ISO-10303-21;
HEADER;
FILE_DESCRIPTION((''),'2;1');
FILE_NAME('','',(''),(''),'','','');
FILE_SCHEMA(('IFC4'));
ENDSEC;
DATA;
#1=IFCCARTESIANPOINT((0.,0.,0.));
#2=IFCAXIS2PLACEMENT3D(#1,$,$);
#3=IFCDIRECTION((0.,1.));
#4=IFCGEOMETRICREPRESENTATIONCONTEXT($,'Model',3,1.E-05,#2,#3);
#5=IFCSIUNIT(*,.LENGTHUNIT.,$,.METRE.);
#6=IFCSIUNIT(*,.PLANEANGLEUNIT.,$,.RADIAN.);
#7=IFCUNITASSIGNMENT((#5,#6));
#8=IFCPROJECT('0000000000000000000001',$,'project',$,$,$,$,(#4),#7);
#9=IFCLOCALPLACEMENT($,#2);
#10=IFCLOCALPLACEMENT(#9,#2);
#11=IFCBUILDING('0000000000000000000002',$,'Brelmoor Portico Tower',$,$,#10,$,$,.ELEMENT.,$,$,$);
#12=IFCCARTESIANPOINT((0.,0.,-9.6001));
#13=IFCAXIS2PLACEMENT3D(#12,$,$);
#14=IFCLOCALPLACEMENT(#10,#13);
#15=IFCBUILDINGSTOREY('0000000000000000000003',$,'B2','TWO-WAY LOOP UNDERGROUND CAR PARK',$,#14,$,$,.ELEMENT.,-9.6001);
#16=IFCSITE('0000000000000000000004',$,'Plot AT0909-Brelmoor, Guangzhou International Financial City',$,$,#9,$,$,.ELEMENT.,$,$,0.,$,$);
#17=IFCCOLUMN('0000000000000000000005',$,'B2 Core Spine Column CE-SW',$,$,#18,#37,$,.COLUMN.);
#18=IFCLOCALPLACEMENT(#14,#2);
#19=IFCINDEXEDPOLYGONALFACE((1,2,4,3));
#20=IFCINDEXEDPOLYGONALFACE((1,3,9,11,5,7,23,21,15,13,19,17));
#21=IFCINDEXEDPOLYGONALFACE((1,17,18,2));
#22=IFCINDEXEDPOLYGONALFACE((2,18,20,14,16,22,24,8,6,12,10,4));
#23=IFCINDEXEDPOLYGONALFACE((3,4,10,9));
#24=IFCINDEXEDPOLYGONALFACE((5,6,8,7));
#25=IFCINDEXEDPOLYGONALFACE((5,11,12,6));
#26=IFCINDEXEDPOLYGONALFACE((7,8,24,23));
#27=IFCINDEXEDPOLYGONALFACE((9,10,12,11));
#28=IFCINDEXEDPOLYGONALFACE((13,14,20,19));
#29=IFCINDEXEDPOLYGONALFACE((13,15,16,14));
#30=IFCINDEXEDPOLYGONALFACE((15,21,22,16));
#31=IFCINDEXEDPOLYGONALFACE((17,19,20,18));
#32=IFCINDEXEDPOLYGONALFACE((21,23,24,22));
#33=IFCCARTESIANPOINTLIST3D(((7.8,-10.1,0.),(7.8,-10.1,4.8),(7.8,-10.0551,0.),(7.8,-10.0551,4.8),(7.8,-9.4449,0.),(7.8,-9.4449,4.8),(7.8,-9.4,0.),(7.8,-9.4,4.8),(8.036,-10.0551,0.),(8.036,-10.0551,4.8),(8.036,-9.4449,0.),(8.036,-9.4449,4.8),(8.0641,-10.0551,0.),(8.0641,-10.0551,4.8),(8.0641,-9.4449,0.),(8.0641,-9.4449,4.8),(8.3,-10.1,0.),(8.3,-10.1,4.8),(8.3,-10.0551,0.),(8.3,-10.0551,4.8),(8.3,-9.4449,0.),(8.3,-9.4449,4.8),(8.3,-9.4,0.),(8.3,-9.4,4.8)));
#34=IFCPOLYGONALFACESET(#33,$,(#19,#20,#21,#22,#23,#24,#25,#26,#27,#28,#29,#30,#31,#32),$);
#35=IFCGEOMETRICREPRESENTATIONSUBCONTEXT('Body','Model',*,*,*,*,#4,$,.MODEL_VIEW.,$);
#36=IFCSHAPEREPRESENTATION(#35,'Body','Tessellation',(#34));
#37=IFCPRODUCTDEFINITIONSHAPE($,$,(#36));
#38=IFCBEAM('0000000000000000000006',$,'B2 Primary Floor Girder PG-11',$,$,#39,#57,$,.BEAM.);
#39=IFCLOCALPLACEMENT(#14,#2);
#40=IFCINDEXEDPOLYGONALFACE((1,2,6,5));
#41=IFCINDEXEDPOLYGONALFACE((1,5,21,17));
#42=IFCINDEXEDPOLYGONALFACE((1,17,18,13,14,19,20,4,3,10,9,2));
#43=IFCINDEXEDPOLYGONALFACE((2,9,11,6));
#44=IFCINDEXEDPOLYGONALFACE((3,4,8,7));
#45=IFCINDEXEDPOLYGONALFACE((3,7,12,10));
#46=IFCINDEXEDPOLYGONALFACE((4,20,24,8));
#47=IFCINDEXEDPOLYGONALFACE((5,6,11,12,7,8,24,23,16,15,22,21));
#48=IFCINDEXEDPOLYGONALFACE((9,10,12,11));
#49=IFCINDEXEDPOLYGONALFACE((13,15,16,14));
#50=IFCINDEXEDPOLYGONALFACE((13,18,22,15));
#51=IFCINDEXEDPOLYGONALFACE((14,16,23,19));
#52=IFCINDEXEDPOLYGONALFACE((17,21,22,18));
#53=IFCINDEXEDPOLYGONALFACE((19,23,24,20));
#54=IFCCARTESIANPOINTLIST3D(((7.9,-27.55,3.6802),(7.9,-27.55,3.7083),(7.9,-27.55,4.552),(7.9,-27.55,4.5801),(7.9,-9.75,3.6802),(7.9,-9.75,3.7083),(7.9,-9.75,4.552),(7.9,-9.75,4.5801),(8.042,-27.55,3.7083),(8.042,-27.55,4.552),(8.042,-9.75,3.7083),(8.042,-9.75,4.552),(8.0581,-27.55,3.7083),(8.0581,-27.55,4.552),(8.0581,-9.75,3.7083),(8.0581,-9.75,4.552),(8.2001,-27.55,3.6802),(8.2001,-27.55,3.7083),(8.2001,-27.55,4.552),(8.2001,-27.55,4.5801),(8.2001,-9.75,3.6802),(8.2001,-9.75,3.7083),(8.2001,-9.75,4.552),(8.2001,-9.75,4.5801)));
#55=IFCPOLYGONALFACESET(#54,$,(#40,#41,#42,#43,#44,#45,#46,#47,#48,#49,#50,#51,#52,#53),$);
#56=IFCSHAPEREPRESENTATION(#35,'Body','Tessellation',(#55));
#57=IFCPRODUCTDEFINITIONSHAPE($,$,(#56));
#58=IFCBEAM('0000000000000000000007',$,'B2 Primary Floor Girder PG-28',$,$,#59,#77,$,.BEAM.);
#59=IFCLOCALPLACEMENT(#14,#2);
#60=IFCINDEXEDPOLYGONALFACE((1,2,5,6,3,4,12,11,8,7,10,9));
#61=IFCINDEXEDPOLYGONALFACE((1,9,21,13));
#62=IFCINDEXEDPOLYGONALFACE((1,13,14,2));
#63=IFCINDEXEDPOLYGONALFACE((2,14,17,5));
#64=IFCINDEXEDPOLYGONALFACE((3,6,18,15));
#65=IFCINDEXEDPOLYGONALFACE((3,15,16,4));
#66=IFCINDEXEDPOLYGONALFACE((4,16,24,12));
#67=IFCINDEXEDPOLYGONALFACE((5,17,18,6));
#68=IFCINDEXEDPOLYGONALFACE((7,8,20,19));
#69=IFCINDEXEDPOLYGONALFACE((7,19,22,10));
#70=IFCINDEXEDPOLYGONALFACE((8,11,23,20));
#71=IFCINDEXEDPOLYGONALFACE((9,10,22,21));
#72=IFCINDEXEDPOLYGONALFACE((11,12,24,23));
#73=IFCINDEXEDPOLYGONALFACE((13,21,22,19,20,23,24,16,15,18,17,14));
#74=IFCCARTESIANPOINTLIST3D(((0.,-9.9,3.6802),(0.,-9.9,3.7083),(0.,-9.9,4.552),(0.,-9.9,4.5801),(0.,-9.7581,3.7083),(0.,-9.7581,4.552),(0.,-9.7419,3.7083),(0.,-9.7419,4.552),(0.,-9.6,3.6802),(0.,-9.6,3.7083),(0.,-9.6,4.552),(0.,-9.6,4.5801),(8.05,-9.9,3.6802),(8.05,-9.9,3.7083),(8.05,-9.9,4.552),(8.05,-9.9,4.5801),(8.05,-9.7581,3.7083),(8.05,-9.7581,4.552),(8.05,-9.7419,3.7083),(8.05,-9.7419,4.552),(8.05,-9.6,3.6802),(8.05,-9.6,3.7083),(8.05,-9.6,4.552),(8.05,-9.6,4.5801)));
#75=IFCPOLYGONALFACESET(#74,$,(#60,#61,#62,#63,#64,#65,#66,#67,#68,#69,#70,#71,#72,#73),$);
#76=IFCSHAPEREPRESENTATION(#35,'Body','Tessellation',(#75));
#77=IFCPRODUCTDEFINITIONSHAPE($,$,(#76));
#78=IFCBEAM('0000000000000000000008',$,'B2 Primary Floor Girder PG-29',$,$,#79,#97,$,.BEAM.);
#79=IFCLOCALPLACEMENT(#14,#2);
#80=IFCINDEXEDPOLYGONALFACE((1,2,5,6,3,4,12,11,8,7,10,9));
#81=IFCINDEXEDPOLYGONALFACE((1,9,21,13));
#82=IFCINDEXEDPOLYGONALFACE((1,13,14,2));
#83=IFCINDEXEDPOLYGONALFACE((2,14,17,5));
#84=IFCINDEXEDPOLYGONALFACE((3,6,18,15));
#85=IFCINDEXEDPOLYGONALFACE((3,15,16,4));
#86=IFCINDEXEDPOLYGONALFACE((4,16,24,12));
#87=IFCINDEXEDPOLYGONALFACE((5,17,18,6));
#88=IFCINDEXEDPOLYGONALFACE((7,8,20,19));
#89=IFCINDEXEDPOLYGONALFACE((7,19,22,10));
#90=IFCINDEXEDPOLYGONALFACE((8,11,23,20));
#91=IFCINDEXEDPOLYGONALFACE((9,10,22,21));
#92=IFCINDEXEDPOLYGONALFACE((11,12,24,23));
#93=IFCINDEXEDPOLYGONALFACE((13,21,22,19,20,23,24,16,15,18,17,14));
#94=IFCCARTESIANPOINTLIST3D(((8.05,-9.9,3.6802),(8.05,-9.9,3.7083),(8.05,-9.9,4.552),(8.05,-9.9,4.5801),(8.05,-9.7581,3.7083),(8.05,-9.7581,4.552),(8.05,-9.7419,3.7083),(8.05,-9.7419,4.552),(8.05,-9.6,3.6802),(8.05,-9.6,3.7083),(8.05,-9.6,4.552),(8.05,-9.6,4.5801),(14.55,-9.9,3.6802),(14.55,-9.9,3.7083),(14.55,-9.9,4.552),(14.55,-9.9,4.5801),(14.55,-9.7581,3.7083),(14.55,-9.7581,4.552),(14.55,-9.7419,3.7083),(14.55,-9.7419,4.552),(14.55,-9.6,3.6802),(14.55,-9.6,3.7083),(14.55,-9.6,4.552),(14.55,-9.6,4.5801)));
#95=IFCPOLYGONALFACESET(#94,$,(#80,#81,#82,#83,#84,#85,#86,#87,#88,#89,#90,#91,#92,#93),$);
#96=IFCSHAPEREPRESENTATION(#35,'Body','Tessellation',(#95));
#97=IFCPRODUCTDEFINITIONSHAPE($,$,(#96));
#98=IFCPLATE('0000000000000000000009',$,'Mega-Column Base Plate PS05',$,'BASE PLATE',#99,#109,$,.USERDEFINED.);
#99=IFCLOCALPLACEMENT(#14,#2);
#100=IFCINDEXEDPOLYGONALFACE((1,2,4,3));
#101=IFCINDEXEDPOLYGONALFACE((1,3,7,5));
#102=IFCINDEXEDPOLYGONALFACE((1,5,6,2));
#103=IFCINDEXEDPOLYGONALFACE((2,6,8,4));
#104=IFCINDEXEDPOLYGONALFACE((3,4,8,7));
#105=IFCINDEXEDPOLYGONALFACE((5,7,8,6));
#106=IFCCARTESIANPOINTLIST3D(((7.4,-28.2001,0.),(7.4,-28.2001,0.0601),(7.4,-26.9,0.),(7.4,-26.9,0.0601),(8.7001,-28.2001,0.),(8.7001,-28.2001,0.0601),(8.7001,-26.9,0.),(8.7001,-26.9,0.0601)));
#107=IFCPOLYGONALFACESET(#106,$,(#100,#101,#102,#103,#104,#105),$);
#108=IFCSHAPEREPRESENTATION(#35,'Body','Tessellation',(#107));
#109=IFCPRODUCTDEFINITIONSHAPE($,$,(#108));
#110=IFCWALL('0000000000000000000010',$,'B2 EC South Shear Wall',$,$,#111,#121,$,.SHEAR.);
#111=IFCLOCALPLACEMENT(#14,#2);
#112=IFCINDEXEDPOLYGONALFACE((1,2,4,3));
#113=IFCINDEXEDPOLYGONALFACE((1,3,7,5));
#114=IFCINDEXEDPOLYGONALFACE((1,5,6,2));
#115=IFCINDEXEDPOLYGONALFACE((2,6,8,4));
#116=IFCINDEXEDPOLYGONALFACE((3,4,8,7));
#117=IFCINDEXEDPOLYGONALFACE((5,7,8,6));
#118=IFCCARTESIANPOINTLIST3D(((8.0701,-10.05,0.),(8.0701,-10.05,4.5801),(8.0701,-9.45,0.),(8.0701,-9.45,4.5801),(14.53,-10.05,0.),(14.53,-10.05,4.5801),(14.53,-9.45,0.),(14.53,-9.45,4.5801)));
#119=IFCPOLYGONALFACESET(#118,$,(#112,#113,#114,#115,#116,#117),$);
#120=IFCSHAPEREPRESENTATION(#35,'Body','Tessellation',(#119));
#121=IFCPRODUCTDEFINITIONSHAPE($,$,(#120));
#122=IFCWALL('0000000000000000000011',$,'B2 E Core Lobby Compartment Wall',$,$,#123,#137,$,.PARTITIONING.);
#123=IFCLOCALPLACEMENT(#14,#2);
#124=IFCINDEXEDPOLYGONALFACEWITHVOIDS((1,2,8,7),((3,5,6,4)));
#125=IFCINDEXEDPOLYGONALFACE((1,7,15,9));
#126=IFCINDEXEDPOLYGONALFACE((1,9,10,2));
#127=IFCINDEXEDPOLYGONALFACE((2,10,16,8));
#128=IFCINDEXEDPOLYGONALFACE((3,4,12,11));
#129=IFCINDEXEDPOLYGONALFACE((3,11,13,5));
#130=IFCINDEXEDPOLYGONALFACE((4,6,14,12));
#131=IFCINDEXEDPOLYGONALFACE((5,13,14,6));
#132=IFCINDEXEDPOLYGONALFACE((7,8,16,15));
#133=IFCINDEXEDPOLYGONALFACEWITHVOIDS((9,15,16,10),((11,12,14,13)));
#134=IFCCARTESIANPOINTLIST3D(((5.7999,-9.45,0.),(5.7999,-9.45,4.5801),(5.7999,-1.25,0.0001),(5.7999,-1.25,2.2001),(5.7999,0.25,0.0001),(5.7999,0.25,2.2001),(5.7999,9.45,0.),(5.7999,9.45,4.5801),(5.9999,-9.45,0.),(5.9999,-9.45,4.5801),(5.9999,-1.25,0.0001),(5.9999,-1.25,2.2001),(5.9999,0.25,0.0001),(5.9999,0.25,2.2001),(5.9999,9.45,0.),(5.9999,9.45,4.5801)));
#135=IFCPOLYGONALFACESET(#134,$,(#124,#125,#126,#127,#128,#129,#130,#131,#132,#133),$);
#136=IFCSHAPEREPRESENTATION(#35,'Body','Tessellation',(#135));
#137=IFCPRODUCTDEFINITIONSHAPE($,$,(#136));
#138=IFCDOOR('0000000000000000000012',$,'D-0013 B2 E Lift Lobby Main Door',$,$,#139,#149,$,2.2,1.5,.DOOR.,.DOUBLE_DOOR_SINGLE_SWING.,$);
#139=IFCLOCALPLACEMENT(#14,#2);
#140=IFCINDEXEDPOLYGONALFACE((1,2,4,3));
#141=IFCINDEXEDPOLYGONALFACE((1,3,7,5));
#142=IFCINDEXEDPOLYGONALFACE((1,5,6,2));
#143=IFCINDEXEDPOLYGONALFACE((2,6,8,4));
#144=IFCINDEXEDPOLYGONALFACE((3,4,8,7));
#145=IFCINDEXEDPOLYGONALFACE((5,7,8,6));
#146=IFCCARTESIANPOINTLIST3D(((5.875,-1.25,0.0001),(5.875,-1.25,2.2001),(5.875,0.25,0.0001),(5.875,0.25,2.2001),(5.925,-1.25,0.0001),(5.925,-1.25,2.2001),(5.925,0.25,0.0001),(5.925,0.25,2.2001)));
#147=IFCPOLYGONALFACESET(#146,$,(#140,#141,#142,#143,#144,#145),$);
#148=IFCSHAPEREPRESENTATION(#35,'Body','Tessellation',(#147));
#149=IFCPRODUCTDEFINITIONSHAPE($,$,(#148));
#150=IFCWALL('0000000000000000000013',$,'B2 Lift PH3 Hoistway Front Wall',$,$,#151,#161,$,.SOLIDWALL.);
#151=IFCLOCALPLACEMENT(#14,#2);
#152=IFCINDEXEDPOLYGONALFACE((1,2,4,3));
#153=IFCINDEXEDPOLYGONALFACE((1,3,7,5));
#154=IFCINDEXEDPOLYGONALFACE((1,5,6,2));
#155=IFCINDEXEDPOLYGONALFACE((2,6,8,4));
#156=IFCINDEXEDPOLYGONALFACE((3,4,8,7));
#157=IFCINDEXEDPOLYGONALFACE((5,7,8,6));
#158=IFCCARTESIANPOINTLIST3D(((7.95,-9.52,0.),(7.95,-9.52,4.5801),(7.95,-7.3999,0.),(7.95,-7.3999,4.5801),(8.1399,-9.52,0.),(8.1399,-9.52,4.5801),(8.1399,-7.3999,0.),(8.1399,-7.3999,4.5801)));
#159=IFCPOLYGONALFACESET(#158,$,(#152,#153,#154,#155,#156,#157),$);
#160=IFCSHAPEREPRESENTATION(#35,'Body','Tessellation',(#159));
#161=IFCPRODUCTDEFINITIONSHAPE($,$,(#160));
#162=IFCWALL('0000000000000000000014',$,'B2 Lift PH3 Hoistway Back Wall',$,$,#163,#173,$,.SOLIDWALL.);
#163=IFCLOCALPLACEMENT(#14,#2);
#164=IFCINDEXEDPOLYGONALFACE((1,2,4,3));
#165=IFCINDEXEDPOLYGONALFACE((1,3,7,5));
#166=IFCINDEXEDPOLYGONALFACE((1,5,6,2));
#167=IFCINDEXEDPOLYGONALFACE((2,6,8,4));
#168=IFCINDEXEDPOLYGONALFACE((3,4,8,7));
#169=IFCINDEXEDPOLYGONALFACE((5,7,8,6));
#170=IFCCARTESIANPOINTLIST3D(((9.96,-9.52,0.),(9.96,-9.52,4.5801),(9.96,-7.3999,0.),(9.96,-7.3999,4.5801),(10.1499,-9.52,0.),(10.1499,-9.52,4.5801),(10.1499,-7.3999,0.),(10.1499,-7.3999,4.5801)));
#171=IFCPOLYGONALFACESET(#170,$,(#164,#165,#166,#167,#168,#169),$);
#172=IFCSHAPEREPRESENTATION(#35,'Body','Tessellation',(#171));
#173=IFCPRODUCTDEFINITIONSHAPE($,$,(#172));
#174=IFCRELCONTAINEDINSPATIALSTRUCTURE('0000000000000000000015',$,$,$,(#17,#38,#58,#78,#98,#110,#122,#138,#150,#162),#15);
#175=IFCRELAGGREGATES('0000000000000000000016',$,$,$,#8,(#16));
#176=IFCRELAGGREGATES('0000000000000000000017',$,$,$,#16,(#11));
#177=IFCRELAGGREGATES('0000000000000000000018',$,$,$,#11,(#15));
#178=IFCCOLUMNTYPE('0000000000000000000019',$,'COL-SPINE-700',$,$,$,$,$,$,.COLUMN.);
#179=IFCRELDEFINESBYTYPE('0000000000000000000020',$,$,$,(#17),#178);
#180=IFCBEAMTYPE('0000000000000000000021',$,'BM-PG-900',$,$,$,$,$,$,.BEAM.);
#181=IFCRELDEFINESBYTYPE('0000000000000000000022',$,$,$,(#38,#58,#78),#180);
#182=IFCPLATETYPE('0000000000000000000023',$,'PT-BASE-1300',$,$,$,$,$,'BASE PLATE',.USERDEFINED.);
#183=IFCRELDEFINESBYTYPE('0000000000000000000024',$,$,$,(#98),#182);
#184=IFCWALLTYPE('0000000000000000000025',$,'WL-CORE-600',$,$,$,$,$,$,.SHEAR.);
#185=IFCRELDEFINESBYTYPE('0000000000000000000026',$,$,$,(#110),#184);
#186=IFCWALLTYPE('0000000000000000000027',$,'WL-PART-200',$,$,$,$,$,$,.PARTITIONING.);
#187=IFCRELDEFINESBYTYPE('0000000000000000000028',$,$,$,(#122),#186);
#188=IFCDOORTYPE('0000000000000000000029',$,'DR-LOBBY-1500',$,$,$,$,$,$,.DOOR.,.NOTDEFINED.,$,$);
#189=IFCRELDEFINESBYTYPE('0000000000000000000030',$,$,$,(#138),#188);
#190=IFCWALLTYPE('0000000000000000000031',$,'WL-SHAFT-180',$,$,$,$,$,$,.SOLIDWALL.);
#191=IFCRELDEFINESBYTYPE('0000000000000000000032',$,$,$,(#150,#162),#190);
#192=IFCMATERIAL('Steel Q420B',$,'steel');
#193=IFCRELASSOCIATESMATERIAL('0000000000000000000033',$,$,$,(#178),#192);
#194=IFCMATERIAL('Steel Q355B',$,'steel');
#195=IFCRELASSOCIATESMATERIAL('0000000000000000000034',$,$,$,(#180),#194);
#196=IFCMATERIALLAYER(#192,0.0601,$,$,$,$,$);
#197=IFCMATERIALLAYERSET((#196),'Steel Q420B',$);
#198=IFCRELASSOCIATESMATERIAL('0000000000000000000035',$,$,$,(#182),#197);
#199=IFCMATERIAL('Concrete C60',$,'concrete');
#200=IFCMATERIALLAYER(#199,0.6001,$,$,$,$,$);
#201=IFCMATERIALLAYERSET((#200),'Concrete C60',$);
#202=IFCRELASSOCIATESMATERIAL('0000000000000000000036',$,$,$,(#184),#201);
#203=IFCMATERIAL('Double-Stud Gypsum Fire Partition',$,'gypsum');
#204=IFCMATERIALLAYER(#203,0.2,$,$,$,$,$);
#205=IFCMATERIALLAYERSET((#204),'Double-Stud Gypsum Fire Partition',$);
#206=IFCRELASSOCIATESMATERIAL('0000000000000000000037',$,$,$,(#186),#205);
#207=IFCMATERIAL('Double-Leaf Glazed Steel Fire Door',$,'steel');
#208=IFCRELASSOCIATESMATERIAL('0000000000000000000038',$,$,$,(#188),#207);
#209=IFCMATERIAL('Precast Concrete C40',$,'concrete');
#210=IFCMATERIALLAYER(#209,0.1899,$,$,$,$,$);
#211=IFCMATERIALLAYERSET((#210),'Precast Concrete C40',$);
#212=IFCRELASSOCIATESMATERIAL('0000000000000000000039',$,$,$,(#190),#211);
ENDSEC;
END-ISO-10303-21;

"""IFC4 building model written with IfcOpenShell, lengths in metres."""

from ifc_helpers import new_model, si_unit, direction, frame, frame_2d, origin, origin_2d, place, context, subcontext, project, spatial, rectangle, i_section, extrude, material, layer, layer_set, material_profile, profile_set, type_object, element, fill, save


model = new_model("IFC4")

# Units and contexts
model_context = context("Model", 3, precision=1e-05, world=origin(), true_north=direction((0.0, 1.0)))
body_context = subcontext(model_context, "Body", "Model", "MODEL_VIEW")
ifc_project = project(units=[si_unit("LENGTHUNIT", "METRE"), si_unit("PLANEANGLEUNIT", "RADIAN")], contexts=[model_context])

# Site, building, storey
site_placement = place(None, origin())
site = spatial("IfcSite", under=ifc_project, at=site_placement, Name="Plot AT0909-Brelmoor, Guangzhou International Financial City", CompositionType="ELEMENT", RefElevation=0.0)
building_placement = place(site_placement, origin())
building = spatial("IfcBuilding", under=site, at=building_placement, Name="Brelmoor Portico Tower", CompositionType="ELEMENT")
storey_placement = place(building_placement, frame((0.0, 0.0, -9.6001)))
storey = spatial("IfcBuildingStorey", under=building, at=storey_placement, Name="B2", Description="TWO-WAY LOOP UNDERGROUND CAR PARK", CompositionType="ELEMENT", Elevation=-9.6001)

# Column
ifc_material_1 = material(Name="Steel Q420B", Category="steel")
ifc_material_2 = material(Name="Steel Q355B", Category="steel")
ifc_material_profile_1 = material_profile(ifc_material_1, i_section(OverallWidth=0.5, OverallDepth=0.7, WebThickness=0.0281, FlangeThickness=0.0449, at=origin_2d()), Name="HW 700x500x28x45")
ifc_profile_set_1 = profile_set([ifc_material_profile_1], Name="Steel Q420B")
column_type_1 = type_object("IfcColumnType", Name="COL-SPINE-700", PredefinedType="COLUMN", material=ifc_profile_set_1)
column_1_placement = place(storey_placement, frame((8.05, -9.75, 0.0), z_axis=(0.0, 0.0, 1.0), x_axis=(1.0, 0.0, 0.0)))
element("IfcColumn", 1, at=column_1_placement, inside=storey, type_object=column_type_1, Name="B2 Core Spine Column CE-SW", PredefinedType="COLUMN", context=body_context, shape_type="SweptSolid", body=[
    extrude(i_section(OverallWidth=0.5, OverallDepth=0.7, WebThickness=0.0281, FlangeThickness=0.0449, at=origin_2d()), origin(), (0.0, 0.0, 1.0), 4.8),
])

# Beams
ifc_material_profile_2 = material_profile(ifc_material_2, i_section(OverallWidth=0.3, OverallDepth=0.8999, WebThickness=0.0161, FlangeThickness=0.0281, at=origin_2d()), Name="HN 900x300x16x28")
ifc_profile_set_2 = profile_set([ifc_material_profile_2], Name="Steel Q355B")
beam_type = type_object("IfcBeamType", Name="BM-PG-900", PredefinedType="BEAM", material=ifc_profile_set_2)
beam_1_placement = place(storey_placement, frame((8.05, -27.55, 4.1301), z_axis=(0.0, 1.0, 0.0), x_axis=(-1.0, 0.0, 0.0)))
element("IfcBeam", 2, at=beam_1_placement, inside=storey, type_object=beam_type, Name="B2 Primary Floor Girder PG-11", PredefinedType="BEAM", context=body_context, shape_type="SweptSolid", body=[
    extrude(i_section(OverallWidth=0.3, OverallDepth=0.8999, WebThickness=0.0161, FlangeThickness=0.0281, at=origin_2d()), origin(), (0.0, 0.0, 1.0), 17.8),
])
beam_2_placement = place(storey_placement, frame((0.0, -9.75, 4.1301), z_axis=(1.0, 0.0, 0.0), x_axis=(0.0, 1.0, 0.0)))
element("IfcBeam", 3, at=beam_2_placement, inside=storey, type_object=beam_type, Name="B2 Primary Floor Girder PG-28", PredefinedType="BEAM", context=body_context, shape_type="SweptSolid", body=[
    extrude(i_section(OverallWidth=0.3, OverallDepth=0.8999, WebThickness=0.0161, FlangeThickness=0.0281, at=origin_2d()), origin(), (0.0, 0.0, 1.0), 8.05),
])
beam_3_placement = place(storey_placement, frame((8.05, -9.75, 4.1301), z_axis=(1.0, 0.0, 0.0), x_axis=(0.0, 1.0, 0.0)))
element("IfcBeam", 4, at=beam_3_placement, inside=storey, type_object=beam_type, Name="B2 Primary Floor Girder PG-29", PredefinedType="BEAM", context=body_context, shape_type="SweptSolid", body=[
    extrude(i_section(OverallWidth=0.3, OverallDepth=0.8999, WebThickness=0.0161, FlangeThickness=0.0281, at=origin_2d()), origin(), (0.0, 0.0, 1.0), 6.5),
])

# Plate
ifc_layer_1 = layer(ifc_material_1, 0.0601)
ifc_layer_set_1 = layer_set([ifc_layer_1], Name="Steel Q420B")
plate_type = type_object("IfcPlateType", Name="PT-BASE-1300", ElementType="BASE PLATE", PredefinedType="USERDEFINED", material=ifc_layer_set_1)
plate_placement = place(storey_placement, frame((8.05, -27.55, 0.0), z_axis=(0.0, 0.0, 1.0), x_axis=(1.0, 0.0, 0.0)))
element("IfcPlate", 5, at=plate_placement, inside=storey, type_object=plate_type, Name="Mega-Column Base Plate PS05", ObjectType="BASE PLATE", PredefinedType="USERDEFINED", context=body_context, shape_type="SweptSolid", body=[
    extrude(rectangle(XDim=1.3, YDim=1.3, at=origin_2d()), origin(), (0.0, 0.0, 1.0), 0.0601),
])

# Wall
ifc_material_3 = material(Name="Concrete C60", Category="concrete")
ifc_layer_2 = layer(ifc_material_3, 0.6001)
ifc_layer_set_2 = layer_set([ifc_layer_2], Name="Concrete C60")
wall_type_1 = type_object("IfcWallType", Name="WL-CORE-600", PredefinedType="SHEAR", material=ifc_layer_set_2)
wall_1_placement = place(storey_placement, frame((8.0701, -9.75, 0.0), z_axis=(0.0, 0.0, 1.0), x_axis=(1.0, 0.0, 0.0)))
element("IfcWall", 6, at=wall_1_placement, inside=storey, type_object=wall_type_1, Name="B2 EC South Shear Wall", PredefinedType="SHEAR", context=body_context, shape_type="SweptSolid", body=[
    extrude(rectangle(XDim=6.46, YDim=0.6001, at=frame_2d((3.23, 0.0))), origin(), (0.0, 0.0, 1.0), 4.5801),
])

# Wall, opening, door
ifc_material_4 = material(Name="Double-Stud Gypsum Fire Partition", Category="gypsum")
ifc_layer_3 = layer(ifc_material_4, 0.2)
ifc_layer_set_3 = layer_set([ifc_layer_3], Name="Double-Stud Gypsum Fire Partition")
wall_type_2 = type_object("IfcWallType", Name="WL-PART-200", PredefinedType="PARTITIONING", material=ifc_layer_set_3)
wall_2_placement = place(storey_placement, frame((5.8999, -9.45, 0.0), z_axis=(0.0, 0.0, 1.0), x_axis=(0.0, 1.0, 0.0)))
wall_2 = element("IfcWall", 7, at=wall_2_placement, inside=storey, type_object=wall_type_2, Name="B2 E Core Lobby Compartment Wall", PredefinedType="PARTITIONING", context=body_context, shape_type="SweptSolid", body=[
    extrude(rectangle(XDim=18.8999, YDim=0.2, at=frame_2d((9.45, 0.0))), origin(), (0.0, 0.0, 1.0), 4.5801),
])
opening_1_placement = place(wall_2_placement, frame((8.2, 0.0, 0.0)))
opening_1 = element("IfcOpeningElement", 8, at=opening_1_placement, cuts=wall_2, PredefinedType="OPENING", context=body_context, shape_type="SweptSolid", body=[
    extrude(rectangle(XDim=1.5, YDim=2.2, at=frame_2d((0.75, 1.1001))), frame((0.0, 0.1099, 0.0), z_axis=(0.0, -1.0, 0.0), x_axis=(1.0, 0.0, 0.0)), (0.0, 0.0, 1.0), 0.22),
])
ifc_material_5 = material(Name="Double-Leaf Glazed Steel Fire Door", Category="steel")
door_type_1 = type_object("IfcDoorType", Name="DR-LOBBY-1500", OperationType="NOTDEFINED", PredefinedType="DOOR", material=ifc_material_5)
door_1_placement = place(opening_1_placement, origin())
door_1 = element("IfcDoor", 9, at=door_1_placement, inside=storey, type_object=door_type_1, Name="D-0013 B2 E Lift Lobby Main Door", OperationType="DOUBLE_DOOR_SINGLE_SWING", OverallHeight=2.2, OverallWidth=1.5, PredefinedType="DOOR", context=body_context, shape_type="SweptSolid", body=[
    extrude(rectangle(XDim=1.5, YDim=2.2, at=frame_2d((0.75, 1.1001))), frame((0.0, 0.0249, 0.0), z_axis=(0.0, -1.0, 0.0), x_axis=(1.0, 0.0, 0.0)), (0.0, 0.0, 1.0), 0.05),
])
fill(opening_1, door_1)

# Walls
ifc_material_6 = material(Name="Precast Concrete C40", Category="concrete")
ifc_layer_4 = layer(ifc_material_6, 0.1899)
ifc_layer_set_4 = layer_set([ifc_layer_4], Name="Precast Concrete C40")
wall_type_3 = type_object("IfcWallType", Name="WL-SHAFT-180", PredefinedType="SOLIDWALL", material=ifc_layer_set_4)
for number, where, z_axis, x_axis, name in (
    (10, (8.0449, -9.52, 0.0), (0.0, 0.0, 1.0), (0.0, 1.0, 0.0), "B2 Lift PH3 Hoistway Front Wall"),
    (11, (10.0549, -9.52, 0.0), (0.0, 0.0, 1.0), (0.0, 1.0, 0.0), "B2 Lift PH3 Hoistway Back Wall"),
):
    element("IfcWall", number, at=place(storey_placement, frame(where, z_axis=z_axis, x_axis=x_axis)), inside=storey, type_object=wall_type_3, Name=name, PredefinedType="SOLIDWALL", context=body_context, shape_type="SweptSolid", body=[
        extrude(rectangle(XDim=2.1201, YDim=0.1899, at=frame_2d((1.0601, 0.0))), origin(), (0.0, 0.0, 1.0), 4.5801),
    ])

save(model, "model.ifc")
